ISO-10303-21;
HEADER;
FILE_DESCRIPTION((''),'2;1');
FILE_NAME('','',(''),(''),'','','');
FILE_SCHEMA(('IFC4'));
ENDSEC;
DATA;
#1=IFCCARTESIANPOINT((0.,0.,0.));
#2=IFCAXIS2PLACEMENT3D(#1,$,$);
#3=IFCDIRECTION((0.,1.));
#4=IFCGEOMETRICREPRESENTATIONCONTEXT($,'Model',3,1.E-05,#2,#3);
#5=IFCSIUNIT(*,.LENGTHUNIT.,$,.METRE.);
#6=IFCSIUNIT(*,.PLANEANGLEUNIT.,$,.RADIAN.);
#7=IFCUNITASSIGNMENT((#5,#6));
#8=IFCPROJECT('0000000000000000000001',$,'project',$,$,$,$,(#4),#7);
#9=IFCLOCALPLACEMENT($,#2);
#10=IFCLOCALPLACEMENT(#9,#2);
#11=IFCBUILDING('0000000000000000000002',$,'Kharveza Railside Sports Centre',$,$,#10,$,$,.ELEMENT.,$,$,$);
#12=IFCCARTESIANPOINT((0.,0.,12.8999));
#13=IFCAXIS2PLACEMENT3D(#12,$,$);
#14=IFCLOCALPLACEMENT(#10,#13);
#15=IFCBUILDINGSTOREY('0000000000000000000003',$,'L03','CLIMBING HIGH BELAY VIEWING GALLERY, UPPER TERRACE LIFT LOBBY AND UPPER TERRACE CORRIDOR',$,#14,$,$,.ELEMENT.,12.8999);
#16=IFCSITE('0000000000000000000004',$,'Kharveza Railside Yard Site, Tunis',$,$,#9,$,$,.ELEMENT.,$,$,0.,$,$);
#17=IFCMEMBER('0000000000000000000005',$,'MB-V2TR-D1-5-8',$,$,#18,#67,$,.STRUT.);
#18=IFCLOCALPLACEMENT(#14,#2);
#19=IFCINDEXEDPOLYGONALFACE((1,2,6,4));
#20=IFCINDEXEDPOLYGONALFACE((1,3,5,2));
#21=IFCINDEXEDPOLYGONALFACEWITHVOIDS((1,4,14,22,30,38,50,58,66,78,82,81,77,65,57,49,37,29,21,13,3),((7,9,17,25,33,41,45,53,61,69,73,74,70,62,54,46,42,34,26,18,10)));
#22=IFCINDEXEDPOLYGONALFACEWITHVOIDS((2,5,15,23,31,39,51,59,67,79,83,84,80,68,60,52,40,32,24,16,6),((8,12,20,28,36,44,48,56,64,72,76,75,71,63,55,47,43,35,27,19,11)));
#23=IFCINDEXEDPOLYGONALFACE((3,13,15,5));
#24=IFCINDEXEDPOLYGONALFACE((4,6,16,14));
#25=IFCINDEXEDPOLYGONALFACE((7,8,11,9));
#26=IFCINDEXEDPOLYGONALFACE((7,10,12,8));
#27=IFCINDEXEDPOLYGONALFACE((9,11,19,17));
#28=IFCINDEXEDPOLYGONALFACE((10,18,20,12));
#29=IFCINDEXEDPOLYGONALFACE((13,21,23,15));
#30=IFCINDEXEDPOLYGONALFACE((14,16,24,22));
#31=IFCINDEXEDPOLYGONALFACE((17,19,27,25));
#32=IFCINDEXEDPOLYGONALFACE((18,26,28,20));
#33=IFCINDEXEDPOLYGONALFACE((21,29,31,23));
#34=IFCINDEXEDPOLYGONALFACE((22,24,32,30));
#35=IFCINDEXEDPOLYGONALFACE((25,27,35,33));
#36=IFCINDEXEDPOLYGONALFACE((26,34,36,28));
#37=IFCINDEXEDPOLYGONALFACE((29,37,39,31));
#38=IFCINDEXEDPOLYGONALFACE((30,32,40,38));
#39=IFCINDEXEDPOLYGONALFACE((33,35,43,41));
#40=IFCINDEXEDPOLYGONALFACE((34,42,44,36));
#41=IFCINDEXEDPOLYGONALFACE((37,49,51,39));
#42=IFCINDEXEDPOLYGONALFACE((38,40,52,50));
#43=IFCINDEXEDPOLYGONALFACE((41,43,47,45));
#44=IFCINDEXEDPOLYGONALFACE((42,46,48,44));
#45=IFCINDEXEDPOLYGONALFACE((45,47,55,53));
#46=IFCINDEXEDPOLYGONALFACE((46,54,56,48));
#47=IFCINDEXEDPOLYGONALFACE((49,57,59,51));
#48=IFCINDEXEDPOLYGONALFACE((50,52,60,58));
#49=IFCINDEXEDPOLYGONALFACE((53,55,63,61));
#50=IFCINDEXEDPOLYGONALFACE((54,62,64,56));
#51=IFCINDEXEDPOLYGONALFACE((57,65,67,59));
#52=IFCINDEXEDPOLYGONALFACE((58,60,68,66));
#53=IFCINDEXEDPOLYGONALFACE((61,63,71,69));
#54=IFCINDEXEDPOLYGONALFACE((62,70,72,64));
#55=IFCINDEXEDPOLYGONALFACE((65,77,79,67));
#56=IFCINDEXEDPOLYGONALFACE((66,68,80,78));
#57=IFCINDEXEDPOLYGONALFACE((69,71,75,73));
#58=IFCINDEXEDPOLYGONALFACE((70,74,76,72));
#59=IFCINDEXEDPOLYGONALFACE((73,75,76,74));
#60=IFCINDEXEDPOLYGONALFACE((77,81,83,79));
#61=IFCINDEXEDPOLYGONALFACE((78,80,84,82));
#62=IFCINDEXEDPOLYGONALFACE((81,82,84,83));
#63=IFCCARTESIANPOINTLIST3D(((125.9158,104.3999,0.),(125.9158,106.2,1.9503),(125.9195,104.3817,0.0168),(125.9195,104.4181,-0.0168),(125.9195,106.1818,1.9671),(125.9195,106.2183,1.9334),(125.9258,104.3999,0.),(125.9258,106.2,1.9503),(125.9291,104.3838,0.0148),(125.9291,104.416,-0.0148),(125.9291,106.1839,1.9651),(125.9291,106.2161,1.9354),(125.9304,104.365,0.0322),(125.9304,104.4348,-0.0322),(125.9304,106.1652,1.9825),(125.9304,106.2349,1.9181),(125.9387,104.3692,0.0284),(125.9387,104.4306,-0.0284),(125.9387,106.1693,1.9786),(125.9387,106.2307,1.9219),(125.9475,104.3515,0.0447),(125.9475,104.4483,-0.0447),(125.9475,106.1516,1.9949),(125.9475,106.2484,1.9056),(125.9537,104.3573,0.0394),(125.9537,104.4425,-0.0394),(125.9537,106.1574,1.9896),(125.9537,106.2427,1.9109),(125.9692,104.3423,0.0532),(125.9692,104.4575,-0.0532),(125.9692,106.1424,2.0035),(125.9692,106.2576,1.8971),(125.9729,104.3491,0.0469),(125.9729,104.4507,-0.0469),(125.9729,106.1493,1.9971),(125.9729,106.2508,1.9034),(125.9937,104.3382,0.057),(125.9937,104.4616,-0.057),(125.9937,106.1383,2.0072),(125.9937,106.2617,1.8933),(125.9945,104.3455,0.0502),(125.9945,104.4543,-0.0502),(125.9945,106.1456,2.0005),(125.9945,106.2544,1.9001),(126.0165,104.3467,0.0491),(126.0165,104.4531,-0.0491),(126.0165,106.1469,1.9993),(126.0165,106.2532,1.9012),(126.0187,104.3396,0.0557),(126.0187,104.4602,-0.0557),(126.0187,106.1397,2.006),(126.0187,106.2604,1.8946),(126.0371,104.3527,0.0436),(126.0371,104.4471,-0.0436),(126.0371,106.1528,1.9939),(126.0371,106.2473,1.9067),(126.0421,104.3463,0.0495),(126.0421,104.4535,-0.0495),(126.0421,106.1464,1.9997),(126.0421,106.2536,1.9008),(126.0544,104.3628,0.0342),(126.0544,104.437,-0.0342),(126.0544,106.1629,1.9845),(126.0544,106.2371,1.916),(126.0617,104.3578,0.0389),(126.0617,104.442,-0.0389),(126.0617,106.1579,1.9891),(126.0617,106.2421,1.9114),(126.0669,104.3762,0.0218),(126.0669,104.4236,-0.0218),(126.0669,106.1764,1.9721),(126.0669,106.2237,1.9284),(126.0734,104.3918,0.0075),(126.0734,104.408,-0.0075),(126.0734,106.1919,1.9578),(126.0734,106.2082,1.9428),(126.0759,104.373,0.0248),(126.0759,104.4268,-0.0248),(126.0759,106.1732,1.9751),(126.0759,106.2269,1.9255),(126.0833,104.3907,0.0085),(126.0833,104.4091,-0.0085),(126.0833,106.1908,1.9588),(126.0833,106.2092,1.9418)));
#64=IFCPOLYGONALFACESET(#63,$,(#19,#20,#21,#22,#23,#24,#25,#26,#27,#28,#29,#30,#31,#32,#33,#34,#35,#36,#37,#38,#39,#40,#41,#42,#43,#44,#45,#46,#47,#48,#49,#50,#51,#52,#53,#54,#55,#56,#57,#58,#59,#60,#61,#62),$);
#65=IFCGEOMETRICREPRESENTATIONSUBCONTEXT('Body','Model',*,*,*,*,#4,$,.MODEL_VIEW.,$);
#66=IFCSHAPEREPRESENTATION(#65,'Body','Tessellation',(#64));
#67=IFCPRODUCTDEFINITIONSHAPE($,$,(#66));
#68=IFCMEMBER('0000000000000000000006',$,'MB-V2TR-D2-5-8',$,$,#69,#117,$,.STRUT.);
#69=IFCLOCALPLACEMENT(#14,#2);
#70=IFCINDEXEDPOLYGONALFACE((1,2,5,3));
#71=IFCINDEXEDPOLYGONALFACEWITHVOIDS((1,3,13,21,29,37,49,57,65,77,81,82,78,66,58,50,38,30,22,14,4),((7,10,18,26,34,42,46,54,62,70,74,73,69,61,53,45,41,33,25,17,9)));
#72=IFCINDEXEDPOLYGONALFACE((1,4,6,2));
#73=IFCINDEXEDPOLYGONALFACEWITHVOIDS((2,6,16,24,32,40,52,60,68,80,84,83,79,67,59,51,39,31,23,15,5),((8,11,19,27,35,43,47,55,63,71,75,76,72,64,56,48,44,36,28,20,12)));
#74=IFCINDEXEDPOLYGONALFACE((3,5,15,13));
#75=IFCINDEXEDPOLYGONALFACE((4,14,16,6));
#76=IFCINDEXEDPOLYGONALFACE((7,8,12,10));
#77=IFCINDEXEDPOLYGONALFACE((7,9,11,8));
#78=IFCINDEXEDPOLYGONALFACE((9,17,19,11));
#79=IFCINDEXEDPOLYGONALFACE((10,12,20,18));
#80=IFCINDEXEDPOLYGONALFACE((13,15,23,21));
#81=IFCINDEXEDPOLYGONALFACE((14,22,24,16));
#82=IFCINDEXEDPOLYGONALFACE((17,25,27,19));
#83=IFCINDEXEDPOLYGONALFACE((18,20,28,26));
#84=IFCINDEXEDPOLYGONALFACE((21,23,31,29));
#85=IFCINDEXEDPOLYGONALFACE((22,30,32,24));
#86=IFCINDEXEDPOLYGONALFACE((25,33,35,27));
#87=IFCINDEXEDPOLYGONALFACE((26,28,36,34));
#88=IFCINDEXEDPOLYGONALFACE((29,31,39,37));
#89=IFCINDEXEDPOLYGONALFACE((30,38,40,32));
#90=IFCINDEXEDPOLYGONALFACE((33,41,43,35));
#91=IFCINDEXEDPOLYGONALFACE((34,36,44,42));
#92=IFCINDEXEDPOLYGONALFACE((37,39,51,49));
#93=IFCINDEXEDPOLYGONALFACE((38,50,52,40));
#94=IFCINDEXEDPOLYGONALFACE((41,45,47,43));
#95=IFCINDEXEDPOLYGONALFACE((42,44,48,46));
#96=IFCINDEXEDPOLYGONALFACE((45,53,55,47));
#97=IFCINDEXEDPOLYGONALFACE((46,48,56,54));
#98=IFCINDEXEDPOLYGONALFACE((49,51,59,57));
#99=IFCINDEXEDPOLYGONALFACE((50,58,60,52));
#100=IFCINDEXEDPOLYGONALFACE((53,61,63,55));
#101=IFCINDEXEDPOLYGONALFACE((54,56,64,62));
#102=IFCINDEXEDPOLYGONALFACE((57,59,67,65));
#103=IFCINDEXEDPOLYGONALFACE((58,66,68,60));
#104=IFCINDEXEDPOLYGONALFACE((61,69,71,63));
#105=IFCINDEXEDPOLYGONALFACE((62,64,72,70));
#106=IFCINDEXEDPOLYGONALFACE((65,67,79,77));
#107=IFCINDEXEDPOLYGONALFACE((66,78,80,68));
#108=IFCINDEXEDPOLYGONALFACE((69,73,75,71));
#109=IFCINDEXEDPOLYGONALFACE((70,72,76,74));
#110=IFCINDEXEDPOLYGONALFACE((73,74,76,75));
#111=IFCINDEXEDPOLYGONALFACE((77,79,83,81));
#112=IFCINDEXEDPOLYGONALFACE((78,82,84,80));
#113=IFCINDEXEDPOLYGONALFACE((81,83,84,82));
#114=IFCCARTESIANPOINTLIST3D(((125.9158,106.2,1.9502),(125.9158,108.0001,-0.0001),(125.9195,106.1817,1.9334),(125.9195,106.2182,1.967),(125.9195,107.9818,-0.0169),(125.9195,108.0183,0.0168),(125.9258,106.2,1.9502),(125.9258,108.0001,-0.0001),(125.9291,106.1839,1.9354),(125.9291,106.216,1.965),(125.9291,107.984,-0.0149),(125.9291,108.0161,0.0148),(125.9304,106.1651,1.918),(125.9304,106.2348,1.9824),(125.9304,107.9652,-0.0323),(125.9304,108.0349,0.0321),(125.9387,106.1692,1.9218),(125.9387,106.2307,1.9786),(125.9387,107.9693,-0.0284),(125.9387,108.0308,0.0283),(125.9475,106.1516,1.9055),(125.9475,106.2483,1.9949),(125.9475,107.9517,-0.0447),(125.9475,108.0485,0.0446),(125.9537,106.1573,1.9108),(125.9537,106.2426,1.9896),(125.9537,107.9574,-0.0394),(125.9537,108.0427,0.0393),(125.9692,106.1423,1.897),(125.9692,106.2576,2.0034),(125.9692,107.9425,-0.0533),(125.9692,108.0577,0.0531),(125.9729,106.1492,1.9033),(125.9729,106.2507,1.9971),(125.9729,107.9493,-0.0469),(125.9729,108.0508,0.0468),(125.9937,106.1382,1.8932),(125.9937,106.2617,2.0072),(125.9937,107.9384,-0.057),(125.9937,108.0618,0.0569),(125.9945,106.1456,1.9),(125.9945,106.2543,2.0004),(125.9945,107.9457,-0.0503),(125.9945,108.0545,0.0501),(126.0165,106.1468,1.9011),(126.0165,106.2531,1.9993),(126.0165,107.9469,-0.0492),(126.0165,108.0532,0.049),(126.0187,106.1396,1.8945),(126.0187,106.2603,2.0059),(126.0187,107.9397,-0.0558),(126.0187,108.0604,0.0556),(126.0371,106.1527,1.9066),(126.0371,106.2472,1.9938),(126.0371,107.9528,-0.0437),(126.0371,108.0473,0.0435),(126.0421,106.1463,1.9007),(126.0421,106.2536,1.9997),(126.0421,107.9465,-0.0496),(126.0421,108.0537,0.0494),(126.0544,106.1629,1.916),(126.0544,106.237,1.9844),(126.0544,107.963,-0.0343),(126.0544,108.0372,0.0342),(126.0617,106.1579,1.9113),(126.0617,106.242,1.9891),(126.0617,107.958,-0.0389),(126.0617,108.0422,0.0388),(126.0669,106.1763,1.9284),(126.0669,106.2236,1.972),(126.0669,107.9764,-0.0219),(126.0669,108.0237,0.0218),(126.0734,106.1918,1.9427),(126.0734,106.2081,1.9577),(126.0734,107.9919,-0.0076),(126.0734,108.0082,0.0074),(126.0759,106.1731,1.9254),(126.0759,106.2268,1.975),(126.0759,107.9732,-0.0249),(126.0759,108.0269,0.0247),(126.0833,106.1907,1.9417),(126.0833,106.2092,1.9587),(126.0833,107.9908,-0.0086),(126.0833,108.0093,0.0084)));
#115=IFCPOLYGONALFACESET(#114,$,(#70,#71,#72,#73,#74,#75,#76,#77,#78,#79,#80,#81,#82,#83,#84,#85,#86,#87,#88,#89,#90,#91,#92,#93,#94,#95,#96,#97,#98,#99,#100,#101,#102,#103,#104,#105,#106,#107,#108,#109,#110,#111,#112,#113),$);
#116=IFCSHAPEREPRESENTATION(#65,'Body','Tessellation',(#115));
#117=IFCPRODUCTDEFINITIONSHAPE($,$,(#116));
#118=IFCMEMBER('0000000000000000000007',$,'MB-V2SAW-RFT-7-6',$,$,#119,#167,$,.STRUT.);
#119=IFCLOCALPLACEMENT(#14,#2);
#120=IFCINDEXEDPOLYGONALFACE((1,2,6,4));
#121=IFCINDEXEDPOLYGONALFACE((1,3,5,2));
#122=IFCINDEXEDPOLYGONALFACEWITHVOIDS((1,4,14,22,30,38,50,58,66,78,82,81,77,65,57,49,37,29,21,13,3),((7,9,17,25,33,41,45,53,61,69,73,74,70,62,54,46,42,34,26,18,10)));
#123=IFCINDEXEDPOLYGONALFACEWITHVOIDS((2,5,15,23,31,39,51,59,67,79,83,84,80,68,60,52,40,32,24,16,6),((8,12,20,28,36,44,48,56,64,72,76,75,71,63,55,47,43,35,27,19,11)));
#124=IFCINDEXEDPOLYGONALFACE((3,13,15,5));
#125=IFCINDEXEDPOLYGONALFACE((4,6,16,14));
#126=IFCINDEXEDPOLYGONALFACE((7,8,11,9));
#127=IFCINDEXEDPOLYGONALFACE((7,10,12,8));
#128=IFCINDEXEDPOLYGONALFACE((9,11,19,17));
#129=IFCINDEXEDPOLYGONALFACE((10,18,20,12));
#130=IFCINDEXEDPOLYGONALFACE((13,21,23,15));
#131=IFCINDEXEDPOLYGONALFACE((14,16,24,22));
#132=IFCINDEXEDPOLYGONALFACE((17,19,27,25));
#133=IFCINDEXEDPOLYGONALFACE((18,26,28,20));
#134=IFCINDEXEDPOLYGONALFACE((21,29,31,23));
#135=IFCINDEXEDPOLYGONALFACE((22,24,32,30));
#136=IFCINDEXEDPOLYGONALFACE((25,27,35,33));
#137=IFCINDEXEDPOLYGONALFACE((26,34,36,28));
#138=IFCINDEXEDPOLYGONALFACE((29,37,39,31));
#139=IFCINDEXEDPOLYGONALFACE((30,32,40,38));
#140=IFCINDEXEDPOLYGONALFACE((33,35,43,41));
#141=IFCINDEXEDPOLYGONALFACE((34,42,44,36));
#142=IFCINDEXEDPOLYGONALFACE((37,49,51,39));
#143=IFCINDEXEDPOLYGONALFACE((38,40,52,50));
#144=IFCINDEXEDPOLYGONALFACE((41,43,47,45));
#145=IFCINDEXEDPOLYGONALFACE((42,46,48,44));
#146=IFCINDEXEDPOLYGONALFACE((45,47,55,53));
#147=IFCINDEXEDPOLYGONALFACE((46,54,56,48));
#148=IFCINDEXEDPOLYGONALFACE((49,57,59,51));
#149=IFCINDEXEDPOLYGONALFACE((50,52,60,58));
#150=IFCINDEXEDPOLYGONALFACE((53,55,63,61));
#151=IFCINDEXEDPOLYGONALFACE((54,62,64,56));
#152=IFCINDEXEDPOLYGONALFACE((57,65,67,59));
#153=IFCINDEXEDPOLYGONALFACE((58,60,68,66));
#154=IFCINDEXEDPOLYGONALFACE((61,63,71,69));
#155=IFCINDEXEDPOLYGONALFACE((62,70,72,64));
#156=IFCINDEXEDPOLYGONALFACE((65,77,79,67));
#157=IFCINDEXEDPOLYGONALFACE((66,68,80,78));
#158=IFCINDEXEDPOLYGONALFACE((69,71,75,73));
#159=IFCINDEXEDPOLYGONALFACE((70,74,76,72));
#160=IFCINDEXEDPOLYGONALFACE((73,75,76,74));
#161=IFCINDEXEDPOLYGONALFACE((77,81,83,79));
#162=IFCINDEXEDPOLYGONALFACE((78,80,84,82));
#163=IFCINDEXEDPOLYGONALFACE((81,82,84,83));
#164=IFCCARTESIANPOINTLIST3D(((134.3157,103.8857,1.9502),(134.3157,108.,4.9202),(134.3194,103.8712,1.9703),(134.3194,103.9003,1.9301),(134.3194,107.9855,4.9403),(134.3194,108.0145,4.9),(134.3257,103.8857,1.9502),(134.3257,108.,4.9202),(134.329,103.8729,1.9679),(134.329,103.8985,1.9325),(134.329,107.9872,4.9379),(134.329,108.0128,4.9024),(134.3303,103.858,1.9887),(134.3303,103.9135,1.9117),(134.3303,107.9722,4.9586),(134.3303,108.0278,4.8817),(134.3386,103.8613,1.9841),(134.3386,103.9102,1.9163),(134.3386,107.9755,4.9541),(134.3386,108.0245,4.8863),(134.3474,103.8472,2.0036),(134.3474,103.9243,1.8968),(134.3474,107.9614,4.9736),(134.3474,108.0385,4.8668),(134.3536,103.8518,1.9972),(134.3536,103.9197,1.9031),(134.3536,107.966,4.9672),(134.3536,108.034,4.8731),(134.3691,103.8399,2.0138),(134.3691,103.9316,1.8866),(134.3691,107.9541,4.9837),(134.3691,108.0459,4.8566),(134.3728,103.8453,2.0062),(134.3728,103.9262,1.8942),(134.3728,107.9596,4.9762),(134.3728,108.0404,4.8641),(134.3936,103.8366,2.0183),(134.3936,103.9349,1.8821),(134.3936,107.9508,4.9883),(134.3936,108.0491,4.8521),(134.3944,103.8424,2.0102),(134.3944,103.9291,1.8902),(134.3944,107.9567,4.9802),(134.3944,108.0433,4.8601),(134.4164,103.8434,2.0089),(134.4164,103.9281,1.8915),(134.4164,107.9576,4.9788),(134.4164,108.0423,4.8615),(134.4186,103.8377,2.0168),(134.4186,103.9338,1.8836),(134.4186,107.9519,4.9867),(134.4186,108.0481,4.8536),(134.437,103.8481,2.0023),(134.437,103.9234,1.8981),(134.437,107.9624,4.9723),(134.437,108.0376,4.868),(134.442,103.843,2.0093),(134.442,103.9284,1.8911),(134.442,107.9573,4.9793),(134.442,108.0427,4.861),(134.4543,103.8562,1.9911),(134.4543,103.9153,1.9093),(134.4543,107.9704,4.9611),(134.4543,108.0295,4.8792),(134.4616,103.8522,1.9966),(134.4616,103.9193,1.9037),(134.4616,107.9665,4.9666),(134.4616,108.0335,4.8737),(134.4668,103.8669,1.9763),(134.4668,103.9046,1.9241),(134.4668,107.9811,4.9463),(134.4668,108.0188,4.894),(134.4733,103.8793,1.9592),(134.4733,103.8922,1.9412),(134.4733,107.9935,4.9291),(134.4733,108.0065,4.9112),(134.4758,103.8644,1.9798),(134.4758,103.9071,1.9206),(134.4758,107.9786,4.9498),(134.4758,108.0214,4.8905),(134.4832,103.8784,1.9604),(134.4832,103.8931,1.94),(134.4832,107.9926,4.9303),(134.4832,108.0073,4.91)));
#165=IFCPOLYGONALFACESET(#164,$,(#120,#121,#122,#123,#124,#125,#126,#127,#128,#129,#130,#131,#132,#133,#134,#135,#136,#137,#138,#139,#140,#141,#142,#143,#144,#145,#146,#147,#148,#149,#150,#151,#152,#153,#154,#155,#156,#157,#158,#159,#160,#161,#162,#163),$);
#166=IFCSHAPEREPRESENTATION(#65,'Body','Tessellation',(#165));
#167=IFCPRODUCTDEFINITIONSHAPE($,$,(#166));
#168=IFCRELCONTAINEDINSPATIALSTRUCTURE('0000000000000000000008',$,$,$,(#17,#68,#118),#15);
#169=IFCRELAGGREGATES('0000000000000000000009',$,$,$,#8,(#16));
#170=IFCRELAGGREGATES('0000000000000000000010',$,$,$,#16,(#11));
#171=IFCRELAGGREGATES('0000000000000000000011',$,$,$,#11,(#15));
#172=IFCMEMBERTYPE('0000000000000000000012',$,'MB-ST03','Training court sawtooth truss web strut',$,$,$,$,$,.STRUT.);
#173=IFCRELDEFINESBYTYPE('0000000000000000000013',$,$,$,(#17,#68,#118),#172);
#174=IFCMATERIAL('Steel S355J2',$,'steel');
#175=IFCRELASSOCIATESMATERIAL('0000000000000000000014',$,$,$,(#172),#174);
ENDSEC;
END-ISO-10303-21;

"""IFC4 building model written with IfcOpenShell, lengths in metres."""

from ifc_helpers import new_model, si_unit, direction, frame, origin, origin_2d, place, context, subcontext, project, spatial, hollow_circle, extrude, material, material_profile, profile_set, type_object, element, save


model = new_model("IFC4")

# Units and contexts
model_context = context("Model", 3, precision=1e-05, world=origin(), true_north=direction((0.0, 1.0)))
body_context = subcontext(model_context, "Body", "Model", "MODEL_VIEW")
ifc_project = project(units=[si_unit("LENGTHUNIT", "METRE"), si_unit("PLANEANGLEUNIT", "RADIAN")], contexts=[model_context])

# Site, building, storey
site_placement = place(None, origin())
site = spatial("IfcSite", under=ifc_project, at=site_placement, Name="Kharveza Railside Yard Site, Tunis", CompositionType="ELEMENT", RefElevation=0.0)
building_placement = place(site_placement, origin())
building = spatial("IfcBuilding", under=site, at=building_placement, Name="Kharveza Railside Sports Centre", CompositionType="ELEMENT")
storey_placement = place(building_placement, frame((0.0, 0.0, 12.8999)))
storey = spatial("IfcBuildingStorey", under=building, at=storey_placement, Name="L03", Description="CLIMBING HIGH BELAY VIEWING GALLERY, UPPER TERRACE LIFT LOBBY AND UPPER TERRACE CORRIDOR", CompositionType="ELEMENT", Elevation=12.8999)

# Shared definitions
ifc_material_1 = material(Name="Steel S355J2", Category="steel")

# Members
ifc_material_profile_1 = material_profile(ifc_material_1, hollow_circle(Radius=0.0842, WallThickness=0.01, at=origin_2d()), Name="CHS 168.3x10.0")
ifc_profile_set_1 = profile_set([ifc_material_profile_1], Name="Steel S355J2")
member_type_1 = type_object("IfcMemberType", Name="MB-ST03", Description="Training court sawtooth truss web strut", PredefinedType="STRUT", material=ifc_profile_set_1)
for number, where, z_axis, x_axis, name in (
    (1, (126.0, 104.3999, 0.0), (0.0, 0.678253, 0.734828), (-1.0, 0.0, 0.0), "MB-V2TR-D1-5-8"),
    (2, (126.0, 106.2, 1.9502), (0.0, 0.678253, -0.734828), (-1.0, 0.0, 0.0), "MB-V2TR-D2-5-8"),
):
    element("IfcMember", number, at=place(storey_placement, frame(where, z_axis=z_axis, x_axis=x_axis)), inside=storey, type_object=member_type_1, Name=name, PredefinedType="STRUT", context=body_context, shape_type="SweptSolid", body=[
        extrude(hollow_circle(Radius=0.0842, WallThickness=0.01, at=origin_2d()), origin(), (0.0, 0.0, 1.0), 2.6541),
    ])
member_1_placement = place(storey_placement, frame((134.3999, 103.8857, 1.9502), z_axis=(0.0, 0.810814, 0.585304), x_axis=(-1.0, 0.0, 0.0)))
element("IfcMember", 3, at=member_1_placement, inside=storey, type_object=member_type_1, Name="MB-V2SAW-RFT-7-6", PredefinedType="STRUT", context=body_context, shape_type="SweptSolid", body=[
    extrude(hollow_circle(Radius=0.0842, WallThickness=0.01, at=origin_2d()), origin(), (0.0, 0.0, 1.0), 5.0742),
])

save(model, "model.ifc")
